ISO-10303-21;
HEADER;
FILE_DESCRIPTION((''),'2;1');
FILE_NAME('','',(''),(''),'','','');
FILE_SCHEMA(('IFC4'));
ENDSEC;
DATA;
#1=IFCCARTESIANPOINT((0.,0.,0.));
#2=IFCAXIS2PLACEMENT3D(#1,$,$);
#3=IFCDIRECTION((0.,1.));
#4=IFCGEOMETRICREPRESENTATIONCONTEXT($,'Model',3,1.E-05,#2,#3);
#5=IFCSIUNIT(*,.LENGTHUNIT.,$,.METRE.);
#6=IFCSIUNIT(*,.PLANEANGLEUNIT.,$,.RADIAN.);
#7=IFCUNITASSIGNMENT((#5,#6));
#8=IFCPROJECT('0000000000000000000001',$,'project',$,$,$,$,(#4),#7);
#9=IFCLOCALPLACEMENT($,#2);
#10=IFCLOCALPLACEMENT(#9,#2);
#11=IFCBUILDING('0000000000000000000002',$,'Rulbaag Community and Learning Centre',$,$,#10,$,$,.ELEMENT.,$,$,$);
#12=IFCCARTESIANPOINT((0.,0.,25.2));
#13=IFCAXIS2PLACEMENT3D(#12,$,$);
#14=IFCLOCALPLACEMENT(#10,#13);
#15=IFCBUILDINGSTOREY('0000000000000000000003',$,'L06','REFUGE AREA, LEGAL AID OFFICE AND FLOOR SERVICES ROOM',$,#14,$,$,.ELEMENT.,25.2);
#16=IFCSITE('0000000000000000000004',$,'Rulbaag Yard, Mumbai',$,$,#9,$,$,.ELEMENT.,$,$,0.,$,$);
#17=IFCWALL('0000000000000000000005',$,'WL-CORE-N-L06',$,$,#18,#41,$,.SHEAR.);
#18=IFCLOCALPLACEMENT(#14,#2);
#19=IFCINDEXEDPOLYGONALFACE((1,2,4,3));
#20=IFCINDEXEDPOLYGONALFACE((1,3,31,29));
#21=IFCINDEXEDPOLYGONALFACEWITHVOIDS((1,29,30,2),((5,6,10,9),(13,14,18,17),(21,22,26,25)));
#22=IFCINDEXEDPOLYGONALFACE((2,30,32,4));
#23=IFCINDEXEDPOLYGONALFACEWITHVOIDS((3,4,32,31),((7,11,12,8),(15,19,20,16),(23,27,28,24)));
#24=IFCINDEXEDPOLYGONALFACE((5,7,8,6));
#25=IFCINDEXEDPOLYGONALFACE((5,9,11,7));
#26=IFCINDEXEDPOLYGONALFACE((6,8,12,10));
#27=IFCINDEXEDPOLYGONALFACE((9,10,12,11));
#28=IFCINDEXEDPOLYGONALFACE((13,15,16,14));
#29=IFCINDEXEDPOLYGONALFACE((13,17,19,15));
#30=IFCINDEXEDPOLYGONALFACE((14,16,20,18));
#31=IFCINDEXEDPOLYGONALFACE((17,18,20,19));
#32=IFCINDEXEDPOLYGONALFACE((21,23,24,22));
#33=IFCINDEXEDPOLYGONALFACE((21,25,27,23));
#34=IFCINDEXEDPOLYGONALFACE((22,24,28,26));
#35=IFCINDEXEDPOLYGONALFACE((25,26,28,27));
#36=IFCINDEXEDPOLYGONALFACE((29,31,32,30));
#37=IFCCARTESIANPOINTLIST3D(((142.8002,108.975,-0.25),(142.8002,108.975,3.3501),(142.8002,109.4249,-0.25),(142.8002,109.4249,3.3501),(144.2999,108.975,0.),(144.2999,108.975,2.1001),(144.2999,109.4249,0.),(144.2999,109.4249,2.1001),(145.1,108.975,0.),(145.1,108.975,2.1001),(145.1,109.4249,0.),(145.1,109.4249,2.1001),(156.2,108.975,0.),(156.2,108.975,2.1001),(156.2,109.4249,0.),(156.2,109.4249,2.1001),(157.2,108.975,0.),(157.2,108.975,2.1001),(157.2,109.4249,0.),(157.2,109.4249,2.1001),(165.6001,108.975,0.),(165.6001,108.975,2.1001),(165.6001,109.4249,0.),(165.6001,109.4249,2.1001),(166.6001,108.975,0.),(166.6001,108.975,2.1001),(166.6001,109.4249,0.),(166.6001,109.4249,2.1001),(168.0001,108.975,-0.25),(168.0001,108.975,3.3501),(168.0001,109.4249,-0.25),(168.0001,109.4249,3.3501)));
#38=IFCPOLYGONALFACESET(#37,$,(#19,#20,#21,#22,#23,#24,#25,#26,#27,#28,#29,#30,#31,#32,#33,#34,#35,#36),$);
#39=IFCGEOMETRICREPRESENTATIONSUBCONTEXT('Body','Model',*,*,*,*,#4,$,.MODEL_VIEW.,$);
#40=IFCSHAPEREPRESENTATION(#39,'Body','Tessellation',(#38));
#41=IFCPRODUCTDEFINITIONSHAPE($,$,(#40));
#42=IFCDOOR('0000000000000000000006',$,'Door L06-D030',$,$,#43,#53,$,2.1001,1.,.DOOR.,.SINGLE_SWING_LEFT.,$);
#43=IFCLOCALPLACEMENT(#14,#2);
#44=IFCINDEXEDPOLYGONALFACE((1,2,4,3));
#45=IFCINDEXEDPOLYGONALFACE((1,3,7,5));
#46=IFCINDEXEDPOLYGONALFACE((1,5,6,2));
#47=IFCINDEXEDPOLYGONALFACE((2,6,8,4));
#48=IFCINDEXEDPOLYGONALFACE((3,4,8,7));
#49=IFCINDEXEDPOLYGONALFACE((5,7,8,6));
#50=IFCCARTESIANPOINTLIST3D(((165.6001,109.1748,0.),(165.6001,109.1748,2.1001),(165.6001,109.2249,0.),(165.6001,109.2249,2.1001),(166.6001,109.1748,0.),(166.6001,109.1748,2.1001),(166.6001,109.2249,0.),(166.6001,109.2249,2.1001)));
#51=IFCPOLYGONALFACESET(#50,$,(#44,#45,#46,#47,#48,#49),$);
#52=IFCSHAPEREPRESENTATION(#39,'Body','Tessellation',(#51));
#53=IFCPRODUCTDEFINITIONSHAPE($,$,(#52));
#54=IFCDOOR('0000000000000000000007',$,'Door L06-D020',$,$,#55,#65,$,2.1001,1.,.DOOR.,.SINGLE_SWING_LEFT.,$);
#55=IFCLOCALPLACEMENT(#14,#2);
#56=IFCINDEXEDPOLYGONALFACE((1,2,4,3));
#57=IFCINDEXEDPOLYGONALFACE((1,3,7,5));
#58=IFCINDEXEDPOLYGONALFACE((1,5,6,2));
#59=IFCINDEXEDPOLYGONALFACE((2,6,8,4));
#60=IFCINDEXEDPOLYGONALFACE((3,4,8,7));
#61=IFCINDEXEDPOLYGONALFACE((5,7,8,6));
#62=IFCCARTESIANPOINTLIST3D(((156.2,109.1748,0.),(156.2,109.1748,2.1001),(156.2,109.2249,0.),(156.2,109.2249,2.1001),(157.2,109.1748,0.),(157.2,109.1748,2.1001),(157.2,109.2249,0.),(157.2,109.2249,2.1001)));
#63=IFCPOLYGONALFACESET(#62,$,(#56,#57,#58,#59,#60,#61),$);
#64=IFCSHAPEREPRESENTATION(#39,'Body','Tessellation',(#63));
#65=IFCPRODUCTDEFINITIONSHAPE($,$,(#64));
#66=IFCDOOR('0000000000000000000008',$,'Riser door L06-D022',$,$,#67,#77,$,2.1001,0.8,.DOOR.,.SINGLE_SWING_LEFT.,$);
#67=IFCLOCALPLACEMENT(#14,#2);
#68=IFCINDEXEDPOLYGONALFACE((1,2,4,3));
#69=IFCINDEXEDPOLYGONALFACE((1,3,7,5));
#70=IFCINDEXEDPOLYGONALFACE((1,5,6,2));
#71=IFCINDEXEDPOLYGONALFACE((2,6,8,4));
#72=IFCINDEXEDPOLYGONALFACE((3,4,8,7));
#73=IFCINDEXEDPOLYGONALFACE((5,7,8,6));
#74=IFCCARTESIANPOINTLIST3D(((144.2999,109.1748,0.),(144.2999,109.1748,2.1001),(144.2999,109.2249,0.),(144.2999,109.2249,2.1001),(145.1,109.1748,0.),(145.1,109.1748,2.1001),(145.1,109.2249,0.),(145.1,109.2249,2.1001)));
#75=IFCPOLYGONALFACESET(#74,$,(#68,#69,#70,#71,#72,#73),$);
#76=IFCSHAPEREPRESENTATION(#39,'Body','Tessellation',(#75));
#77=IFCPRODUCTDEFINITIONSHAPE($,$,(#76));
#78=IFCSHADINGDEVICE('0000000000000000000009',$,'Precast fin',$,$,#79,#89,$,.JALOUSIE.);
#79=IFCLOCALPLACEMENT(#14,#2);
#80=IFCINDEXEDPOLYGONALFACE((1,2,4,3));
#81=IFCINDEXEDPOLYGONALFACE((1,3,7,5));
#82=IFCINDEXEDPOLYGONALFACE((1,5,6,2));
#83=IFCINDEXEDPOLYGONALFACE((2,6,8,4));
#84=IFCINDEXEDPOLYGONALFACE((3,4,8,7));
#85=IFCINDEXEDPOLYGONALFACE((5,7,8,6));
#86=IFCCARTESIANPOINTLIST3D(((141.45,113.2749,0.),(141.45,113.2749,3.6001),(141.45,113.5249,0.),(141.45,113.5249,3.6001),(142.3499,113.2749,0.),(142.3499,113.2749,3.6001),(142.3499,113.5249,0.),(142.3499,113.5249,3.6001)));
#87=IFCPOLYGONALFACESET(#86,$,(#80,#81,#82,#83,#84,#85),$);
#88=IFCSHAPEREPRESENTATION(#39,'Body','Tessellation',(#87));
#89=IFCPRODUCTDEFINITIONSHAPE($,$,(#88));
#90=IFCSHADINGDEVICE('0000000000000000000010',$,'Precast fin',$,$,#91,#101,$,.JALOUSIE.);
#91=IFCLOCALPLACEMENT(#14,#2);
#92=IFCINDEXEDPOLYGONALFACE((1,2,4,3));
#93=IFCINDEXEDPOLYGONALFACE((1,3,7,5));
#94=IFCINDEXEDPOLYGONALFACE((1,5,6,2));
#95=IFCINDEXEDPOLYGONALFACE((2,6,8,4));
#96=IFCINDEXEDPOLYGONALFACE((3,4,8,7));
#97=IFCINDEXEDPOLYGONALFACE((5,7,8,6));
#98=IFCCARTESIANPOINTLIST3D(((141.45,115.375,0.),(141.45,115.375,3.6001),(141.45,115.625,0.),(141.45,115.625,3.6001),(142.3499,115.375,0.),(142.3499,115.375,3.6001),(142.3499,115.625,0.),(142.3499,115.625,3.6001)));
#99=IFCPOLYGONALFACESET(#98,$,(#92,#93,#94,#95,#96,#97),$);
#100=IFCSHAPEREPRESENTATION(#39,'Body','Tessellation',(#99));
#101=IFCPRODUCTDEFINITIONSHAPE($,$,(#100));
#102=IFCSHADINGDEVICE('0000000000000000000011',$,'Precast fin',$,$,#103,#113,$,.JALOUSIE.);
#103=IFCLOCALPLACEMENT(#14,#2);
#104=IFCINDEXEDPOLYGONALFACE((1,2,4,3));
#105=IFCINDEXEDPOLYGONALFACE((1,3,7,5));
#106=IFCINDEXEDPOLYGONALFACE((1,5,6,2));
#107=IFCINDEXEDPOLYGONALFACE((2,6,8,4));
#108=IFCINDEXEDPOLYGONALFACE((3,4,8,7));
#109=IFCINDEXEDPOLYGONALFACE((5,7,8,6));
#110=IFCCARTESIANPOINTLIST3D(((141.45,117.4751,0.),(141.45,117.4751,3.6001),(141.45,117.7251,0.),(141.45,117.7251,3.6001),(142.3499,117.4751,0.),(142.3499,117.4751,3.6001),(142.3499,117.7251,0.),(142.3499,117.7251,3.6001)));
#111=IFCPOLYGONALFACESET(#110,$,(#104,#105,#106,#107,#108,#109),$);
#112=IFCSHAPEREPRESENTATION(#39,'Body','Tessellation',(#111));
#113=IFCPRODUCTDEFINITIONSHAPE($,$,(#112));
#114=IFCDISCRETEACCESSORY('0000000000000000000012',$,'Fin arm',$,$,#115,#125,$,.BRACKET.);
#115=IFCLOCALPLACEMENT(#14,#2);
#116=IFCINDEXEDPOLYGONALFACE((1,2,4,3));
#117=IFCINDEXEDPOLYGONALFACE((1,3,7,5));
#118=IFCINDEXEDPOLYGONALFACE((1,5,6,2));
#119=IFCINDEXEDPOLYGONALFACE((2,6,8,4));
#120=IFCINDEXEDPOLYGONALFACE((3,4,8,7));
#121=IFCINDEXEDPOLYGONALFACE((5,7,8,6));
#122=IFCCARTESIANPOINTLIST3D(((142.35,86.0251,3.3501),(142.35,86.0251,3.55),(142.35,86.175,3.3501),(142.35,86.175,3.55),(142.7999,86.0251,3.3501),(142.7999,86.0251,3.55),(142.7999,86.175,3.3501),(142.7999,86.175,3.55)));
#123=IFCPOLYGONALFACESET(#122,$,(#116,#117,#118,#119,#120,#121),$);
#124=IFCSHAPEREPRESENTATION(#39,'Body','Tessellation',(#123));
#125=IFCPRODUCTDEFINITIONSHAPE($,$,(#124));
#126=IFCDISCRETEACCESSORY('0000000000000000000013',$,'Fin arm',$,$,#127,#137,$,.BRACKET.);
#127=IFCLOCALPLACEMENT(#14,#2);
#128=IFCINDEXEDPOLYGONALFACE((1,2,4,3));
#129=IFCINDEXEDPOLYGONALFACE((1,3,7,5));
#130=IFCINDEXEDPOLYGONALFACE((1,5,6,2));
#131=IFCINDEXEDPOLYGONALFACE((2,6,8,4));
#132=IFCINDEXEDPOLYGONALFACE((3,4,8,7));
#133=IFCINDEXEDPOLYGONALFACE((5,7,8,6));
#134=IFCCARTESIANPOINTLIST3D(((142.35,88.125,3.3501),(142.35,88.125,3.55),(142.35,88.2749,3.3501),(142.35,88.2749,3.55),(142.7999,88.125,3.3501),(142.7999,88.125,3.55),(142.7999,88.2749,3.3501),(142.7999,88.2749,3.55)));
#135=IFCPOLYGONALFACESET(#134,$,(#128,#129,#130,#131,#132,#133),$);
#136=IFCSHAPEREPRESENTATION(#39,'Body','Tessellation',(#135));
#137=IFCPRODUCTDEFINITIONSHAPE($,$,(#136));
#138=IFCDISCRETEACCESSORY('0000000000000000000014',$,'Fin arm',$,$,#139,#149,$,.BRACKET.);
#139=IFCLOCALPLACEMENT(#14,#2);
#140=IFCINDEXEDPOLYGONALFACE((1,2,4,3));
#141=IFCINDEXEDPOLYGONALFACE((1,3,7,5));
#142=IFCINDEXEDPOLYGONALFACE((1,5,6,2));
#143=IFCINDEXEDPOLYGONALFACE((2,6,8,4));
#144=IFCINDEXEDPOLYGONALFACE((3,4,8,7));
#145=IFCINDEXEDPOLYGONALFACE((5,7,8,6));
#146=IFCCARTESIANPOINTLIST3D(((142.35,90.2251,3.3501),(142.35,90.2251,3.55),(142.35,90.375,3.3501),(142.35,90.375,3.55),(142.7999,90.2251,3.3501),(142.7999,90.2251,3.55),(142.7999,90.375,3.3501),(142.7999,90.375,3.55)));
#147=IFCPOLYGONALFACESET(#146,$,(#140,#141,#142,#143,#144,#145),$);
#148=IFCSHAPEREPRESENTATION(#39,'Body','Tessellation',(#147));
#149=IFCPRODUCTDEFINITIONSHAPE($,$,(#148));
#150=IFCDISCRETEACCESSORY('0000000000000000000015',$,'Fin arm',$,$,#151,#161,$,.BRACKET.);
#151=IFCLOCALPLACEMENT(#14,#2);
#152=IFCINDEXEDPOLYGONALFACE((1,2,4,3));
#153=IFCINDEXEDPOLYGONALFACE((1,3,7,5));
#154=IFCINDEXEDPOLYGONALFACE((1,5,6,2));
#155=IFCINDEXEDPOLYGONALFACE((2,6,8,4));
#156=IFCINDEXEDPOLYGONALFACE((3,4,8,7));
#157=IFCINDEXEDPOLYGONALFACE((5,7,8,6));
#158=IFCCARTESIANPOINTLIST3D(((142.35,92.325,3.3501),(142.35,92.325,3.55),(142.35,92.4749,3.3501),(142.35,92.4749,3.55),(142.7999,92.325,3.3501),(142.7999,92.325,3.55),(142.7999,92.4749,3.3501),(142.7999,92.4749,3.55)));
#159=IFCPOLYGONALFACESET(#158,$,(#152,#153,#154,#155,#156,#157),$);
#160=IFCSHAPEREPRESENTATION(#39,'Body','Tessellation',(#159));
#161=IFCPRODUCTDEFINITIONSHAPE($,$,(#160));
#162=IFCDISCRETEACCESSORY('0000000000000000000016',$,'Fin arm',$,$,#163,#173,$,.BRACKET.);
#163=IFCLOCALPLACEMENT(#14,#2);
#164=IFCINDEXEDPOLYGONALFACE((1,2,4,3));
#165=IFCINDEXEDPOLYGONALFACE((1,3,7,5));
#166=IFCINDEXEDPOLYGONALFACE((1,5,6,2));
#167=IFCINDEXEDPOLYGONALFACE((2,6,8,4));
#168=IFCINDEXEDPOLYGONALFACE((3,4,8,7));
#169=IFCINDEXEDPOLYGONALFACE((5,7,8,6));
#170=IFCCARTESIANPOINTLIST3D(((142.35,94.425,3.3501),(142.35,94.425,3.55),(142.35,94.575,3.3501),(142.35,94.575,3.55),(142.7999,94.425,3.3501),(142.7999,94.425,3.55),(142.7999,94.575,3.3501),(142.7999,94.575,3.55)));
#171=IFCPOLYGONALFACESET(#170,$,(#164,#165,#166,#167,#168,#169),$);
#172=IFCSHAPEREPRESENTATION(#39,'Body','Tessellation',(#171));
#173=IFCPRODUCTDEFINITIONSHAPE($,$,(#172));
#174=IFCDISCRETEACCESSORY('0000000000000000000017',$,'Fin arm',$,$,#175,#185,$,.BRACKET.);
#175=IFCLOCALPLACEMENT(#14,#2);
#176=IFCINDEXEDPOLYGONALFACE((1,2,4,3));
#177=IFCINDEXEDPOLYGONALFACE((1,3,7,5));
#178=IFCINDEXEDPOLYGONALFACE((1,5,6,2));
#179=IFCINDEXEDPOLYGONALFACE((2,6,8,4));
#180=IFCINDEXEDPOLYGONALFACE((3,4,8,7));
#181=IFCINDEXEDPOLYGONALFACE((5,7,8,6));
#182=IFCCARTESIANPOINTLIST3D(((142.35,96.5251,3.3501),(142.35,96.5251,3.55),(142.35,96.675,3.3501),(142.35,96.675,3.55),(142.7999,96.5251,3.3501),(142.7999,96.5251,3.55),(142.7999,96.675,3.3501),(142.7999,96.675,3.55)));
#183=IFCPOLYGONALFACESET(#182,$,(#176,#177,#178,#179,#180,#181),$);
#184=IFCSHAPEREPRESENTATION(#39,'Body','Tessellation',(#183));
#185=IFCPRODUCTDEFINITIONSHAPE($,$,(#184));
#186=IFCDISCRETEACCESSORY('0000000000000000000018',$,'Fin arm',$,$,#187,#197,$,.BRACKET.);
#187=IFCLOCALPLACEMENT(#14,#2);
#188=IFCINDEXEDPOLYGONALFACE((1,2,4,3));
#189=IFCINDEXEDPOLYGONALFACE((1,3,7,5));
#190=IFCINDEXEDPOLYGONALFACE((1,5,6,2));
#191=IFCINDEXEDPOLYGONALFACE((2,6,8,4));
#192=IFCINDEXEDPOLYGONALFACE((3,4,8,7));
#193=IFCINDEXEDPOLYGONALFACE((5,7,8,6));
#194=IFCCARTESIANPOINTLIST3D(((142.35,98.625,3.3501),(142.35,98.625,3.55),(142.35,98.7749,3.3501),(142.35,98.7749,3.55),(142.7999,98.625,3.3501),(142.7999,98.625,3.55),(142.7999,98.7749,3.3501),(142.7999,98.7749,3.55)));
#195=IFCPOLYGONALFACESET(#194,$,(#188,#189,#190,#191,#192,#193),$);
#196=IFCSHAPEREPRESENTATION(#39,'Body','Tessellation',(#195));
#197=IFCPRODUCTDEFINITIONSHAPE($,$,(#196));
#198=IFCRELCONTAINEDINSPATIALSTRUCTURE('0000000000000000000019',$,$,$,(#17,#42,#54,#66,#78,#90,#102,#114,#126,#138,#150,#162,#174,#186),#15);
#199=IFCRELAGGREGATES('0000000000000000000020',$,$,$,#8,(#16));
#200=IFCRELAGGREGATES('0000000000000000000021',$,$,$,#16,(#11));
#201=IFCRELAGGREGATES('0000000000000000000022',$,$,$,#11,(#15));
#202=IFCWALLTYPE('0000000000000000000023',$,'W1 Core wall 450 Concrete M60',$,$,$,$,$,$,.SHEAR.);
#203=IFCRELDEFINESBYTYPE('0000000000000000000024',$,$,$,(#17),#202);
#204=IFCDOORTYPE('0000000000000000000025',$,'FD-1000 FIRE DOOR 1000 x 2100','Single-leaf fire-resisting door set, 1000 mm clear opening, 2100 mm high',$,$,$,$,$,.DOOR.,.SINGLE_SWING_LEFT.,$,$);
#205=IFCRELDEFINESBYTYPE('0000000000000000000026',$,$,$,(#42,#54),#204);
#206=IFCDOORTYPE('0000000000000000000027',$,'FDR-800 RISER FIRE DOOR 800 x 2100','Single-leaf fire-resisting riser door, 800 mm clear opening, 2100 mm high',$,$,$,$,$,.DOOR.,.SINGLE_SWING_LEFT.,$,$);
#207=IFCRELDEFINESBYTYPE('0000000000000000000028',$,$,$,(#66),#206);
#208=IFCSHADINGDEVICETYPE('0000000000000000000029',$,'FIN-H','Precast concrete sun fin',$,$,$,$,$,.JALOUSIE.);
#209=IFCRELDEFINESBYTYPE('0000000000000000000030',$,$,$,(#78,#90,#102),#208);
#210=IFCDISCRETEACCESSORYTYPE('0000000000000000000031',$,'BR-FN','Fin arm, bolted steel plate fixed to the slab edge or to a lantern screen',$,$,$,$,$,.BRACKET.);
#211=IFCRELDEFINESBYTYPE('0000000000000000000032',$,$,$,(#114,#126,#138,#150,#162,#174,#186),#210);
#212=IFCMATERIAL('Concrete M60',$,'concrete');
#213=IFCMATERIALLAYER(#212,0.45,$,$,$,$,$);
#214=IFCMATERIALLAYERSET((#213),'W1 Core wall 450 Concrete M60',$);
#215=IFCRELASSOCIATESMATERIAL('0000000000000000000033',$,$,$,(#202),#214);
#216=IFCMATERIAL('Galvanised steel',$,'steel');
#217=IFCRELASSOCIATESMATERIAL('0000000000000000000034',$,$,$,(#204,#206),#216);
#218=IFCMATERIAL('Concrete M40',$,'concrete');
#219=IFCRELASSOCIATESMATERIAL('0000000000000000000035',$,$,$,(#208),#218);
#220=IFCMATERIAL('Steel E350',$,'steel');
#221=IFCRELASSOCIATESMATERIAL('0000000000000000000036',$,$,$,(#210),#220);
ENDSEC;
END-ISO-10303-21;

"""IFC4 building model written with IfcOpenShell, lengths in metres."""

from ifc_helpers import new_model, si_unit, direction, frame, frame_2d, origin, origin_2d, place, context, subcontext, project, spatial, rectangle, extrude, material, layer, layer_set, material_profile, profile_set, type_object, element, fill, save


model = new_model("IFC4")

# Units and contexts
model_context = context("Model", 3, precision=1e-05, world=origin(), true_north=direction((0.0, 1.0)))
body_context = subcontext(model_context, "Body", "Model", "MODEL_VIEW")
ifc_project = project(units=[si_unit("LENGTHUNIT", "METRE"), si_unit("PLANEANGLEUNIT", "RADIAN")], contexts=[model_context])

# Site, building, storey
site_placement = place(None, origin())
site = spatial("IfcSite", under=ifc_project, at=site_placement, Name="Rulbaag Yard, Mumbai", CompositionType="ELEMENT", RefElevation=0.0)
building_placement = place(site_placement, origin())
building = spatial("IfcBuilding", under=site, at=building_placement, Name="Rulbaag Community and Learning Centre", CompositionType="ELEMENT")
storey_placement = place(building_placement, frame((0.0, 0.0, 25.2)))
storey = spatial("IfcBuildingStorey", under=building, at=storey_placement, Name="L06", Description="REFUGE AREA, LEGAL AID OFFICE AND FLOOR SERVICES ROOM", CompositionType="ELEMENT", Elevation=25.2)

# Shared definitions
ifc_material_1 = material(Name="Concrete M60", Category="concrete")

# Shared definitions
ifc_material_2 = material(Name="Concrete M40", Category="concrete")

# Wall, openings, doors
ifc_layer = layer(ifc_material_1, 0.45)
ifc_layer_set = layer_set([ifc_layer], Name="W1 Core wall 450 Concrete M60")
wall_type = type_object("IfcWallType", Name="W1 Core wall 450 Concrete M60", PredefinedType="SHEAR", material=ifc_layer_set)
ifc_material_3 = material(Name="Galvanised steel", Category="steel")
door_type_1 = type_object("IfcDoorType", Name="FD-1000 FIRE DOOR 1000 x 2100", Description="Single-leaf fire-resisting door set, 1000 mm clear opening, 2100 mm high", OperationType="SINGLE_SWING_LEFT", PredefinedType="DOOR", material=ifc_material_3)
wall_1_placement = place(storey_placement, frame((142.8, 109.2, -0.25), z_axis=(0.0, 0.0, 1.0), x_axis=(1.0, 0.0, 0.0)))
wall_1 = element("IfcWall", 1, at=wall_1_placement, inside=storey, type_object=wall_type, Name="WL-CORE-N-L06", PredefinedType="SHEAR", context=body_context, shape_type="SweptSolid", body=[
    extrude(rectangle(XDim=25.2, YDim=0.45, at=frame_2d((12.6001, 0.0))), origin(), (0.0, 0.0, 1.0), 3.6001),
])
opening_1_placement = place(wall_1_placement, frame((22.8, 0.0, 0.25)))
opening_1 = element("IfcOpeningElement", 2, at=opening_1_placement, cuts=wall_1, PredefinedType="OPENING", context=body_context, shape_type="SweptSolid", body=[
    extrude(rectangle(XDim=1.0, YDim=2.1001, at=frame_2d((0.5, 1.05))), frame((0.0, 0.2349, 0.0), z_axis=(0.0, -1.0, 0.0), x_axis=(1.0, 0.0, 0.0)), (0.0, 0.0, 1.0), 0.47),
])
opening_2_placement = place(wall_1_placement, frame((1.5, 0.0, 0.25)))
opening_2 = element("IfcOpeningElement", 3, at=opening_2_placement, cuts=wall_1, PredefinedType="OPENING", context=body_context, shape_type="SweptSolid", body=[
    extrude(rectangle(XDim=0.8, YDim=2.1001, at=frame_2d((0.3999, 1.05))), frame((0.0, 0.2349, 0.0), z_axis=(0.0, -1.0, 0.0), x_axis=(1.0, 0.0, 0.0)), (0.0, 0.0, 1.0), 0.47),
])
opening_3_placement = place(wall_1_placement, frame((13.3999, 0.0, 0.25)))
opening_3 = element("IfcOpeningElement", 4, at=opening_3_placement, cuts=wall_1, PredefinedType="OPENING", context=body_context, shape_type="SweptSolid", body=[
    extrude(rectangle(XDim=1.0, YDim=2.1001, at=frame_2d((0.5, 1.05))), frame((0.0, 0.2349, 0.0), z_axis=(0.0, -1.0, 0.0), x_axis=(1.0, 0.0, 0.0)), (0.0, 0.0, 1.0), 0.47),
])
door_1_placement = place(opening_1_placement, origin())
door_1 = element("IfcDoor", 5, at=door_1_placement, inside=storey, type_object=door_type_1, Name="Door L06-D030", OperationType="SINGLE_SWING_LEFT", OverallHeight=2.1001, OverallWidth=1.0, PredefinedType="DOOR", context=body_context, shape_type="SweptSolid", body=[
    extrude(rectangle(XDim=1.0, YDim=2.1001, at=frame_2d((0.5, 1.05))), frame((0.0, 0.0249, 0.0), z_axis=(0.0, -1.0, 0.0), x_axis=(1.0, 0.0, 0.0)), (0.0, 0.0, 1.0), 0.05),
])
fill(opening_1, door_1)
door_2_placement = place(opening_3_placement, origin())
door_2 = element("IfcDoor", 6, at=door_2_placement, inside=storey, type_object=door_type_1, Name="Door L06-D020", OperationType="SINGLE_SWING_LEFT", OverallHeight=2.1001, OverallWidth=1.0, PredefinedType="DOOR", context=body_context, shape_type="SweptSolid", body=[
    extrude(rectangle(XDim=1.0, YDim=2.1001, at=frame_2d((0.5, 1.05))), frame((0.0, 0.0249, 0.0), z_axis=(0.0, -1.0, 0.0), x_axis=(1.0, 0.0, 0.0)), (0.0, 0.0, 1.0), 0.05),
])
fill(opening_3, door_2)
door_type_2 = type_object("IfcDoorType", Name="FDR-800 RISER FIRE DOOR 800 x 2100", Description="Single-leaf fire-resisting riser door, 800 mm clear opening, 2100 mm high", OperationType="SINGLE_SWING_LEFT", PredefinedType="DOOR", material=ifc_material_3)
door_3_placement = place(opening_2_placement, origin())
door_3 = element("IfcDoor", 7, at=door_3_placement, inside=storey, type_object=door_type_2, Name="Riser door L06-D022", OperationType="SINGLE_SWING_LEFT", OverallHeight=2.1001, OverallWidth=0.8, PredefinedType="DOOR", context=body_context, shape_type="SweptSolid", body=[
    extrude(rectangle(XDim=0.8, YDim=2.1001, at=frame_2d((0.3999, 1.05))), frame((0.0, 0.0249, 0.0), z_axis=(0.0, -1.0, 0.0), x_axis=(1.0, 0.0, 0.0)), (0.0, 0.0, 1.0), 0.05),
])
fill(opening_2, door_3)

# Shading devices
ifc_material_profile_1 = material_profile(ifc_material_2, rectangle(XDim=0.25, YDim=0.8999, at=origin_2d()), Name="PC 250x900")
ifc_profile_set_1 = profile_set([ifc_material_profile_1], Name="Concrete M40")
shading_device_type = type_object("IfcShadingDeviceType", Name="FIN-H", Description="Precast concrete sun fin", PredefinedType="JALOUSIE", material=ifc_profile_set_1)
for number, where, z_axis, x_axis, name in (
    (8, (141.8999, 113.3999, 0.0), (0.0, 0.0, 1.0), (0.0, 1.0, 0.0), "Precast fin"),
    (9, (141.8999, 115.5, 0.0), (0.0, 0.0, 1.0), (0.0, 1.0, 0.0), "Precast fin"),
    (10, (141.8999, 117.6001, 0.0), (0.0, 0.0, 1.0), (0.0, 1.0, 0.0), "Precast fin"),
):
    element("IfcShadingDevice", number, at=place(storey_placement, frame(where, z_axis=z_axis, x_axis=x_axis)), inside=storey, type_object=shading_device_type, Name=name, PredefinedType="JALOUSIE", context=body_context, shape_type="SweptSolid", body=[
        extrude(rectangle(XDim=0.25, YDim=0.8999, at=origin_2d()), origin(), (0.0, 0.0, 1.0), 3.6001),
    ])

# Discrete accessories
ifc_material_4 = material(Name="Steel E350", Category="steel")
discrete_accessory_type = type_object("IfcDiscreteAccessoryType", Name="BR-FN", Description="Fin arm, bolted steel plate fixed to the slab edge or to a lantern screen", PredefinedType="BRACKET", material=ifc_material_4)
for number, where, z_axis, x_axis, name in (
    (11, (142.575, 86.1001, 3.3501), (0.0, 0.0, 1.0), (1.0, 0.0, 0.0), "Fin arm"),
    (12, (142.575, 88.2, 3.3501), (0.0, 0.0, 1.0), (1.0, 0.0, 0.0), "Fin arm"),
    (13, (142.575, 90.3, 3.3501), (0.0, 0.0, 1.0), (1.0, 0.0, 0.0), "Fin arm"),
    (14, (142.575, 92.3999, 3.3501), (0.0, 0.0, 1.0), (1.0, 0.0, 0.0), "Fin arm"),
    (15, (142.575, 94.5, 3.3501), (0.0, 0.0, 1.0), (1.0, 0.0, 0.0), "Fin arm"),
    (16, (142.575, 96.6001, 3.3501), (0.0, 0.0, 1.0), (1.0, 0.0, 0.0), "Fin arm"),
    (17, (142.575, 98.7, 3.3501), (0.0, 0.0, 1.0), (1.0, 0.0, 0.0), "Fin arm"),
):
    element("IfcDiscreteAccessory", number, at=place(storey_placement, frame(where, z_axis=z_axis, x_axis=x_axis)), inside=storey, type_object=discrete_accessory_type, Name=name, PredefinedType="BRACKET", context=body_context, shape_type="SweptSolid", body=[
        extrude(rectangle(XDim=0.45, YDim=0.1499, at=origin_2d()), origin(), (0.0, 0.0, 1.0), 0.2),
    ])

save(model, "model.ifc")
